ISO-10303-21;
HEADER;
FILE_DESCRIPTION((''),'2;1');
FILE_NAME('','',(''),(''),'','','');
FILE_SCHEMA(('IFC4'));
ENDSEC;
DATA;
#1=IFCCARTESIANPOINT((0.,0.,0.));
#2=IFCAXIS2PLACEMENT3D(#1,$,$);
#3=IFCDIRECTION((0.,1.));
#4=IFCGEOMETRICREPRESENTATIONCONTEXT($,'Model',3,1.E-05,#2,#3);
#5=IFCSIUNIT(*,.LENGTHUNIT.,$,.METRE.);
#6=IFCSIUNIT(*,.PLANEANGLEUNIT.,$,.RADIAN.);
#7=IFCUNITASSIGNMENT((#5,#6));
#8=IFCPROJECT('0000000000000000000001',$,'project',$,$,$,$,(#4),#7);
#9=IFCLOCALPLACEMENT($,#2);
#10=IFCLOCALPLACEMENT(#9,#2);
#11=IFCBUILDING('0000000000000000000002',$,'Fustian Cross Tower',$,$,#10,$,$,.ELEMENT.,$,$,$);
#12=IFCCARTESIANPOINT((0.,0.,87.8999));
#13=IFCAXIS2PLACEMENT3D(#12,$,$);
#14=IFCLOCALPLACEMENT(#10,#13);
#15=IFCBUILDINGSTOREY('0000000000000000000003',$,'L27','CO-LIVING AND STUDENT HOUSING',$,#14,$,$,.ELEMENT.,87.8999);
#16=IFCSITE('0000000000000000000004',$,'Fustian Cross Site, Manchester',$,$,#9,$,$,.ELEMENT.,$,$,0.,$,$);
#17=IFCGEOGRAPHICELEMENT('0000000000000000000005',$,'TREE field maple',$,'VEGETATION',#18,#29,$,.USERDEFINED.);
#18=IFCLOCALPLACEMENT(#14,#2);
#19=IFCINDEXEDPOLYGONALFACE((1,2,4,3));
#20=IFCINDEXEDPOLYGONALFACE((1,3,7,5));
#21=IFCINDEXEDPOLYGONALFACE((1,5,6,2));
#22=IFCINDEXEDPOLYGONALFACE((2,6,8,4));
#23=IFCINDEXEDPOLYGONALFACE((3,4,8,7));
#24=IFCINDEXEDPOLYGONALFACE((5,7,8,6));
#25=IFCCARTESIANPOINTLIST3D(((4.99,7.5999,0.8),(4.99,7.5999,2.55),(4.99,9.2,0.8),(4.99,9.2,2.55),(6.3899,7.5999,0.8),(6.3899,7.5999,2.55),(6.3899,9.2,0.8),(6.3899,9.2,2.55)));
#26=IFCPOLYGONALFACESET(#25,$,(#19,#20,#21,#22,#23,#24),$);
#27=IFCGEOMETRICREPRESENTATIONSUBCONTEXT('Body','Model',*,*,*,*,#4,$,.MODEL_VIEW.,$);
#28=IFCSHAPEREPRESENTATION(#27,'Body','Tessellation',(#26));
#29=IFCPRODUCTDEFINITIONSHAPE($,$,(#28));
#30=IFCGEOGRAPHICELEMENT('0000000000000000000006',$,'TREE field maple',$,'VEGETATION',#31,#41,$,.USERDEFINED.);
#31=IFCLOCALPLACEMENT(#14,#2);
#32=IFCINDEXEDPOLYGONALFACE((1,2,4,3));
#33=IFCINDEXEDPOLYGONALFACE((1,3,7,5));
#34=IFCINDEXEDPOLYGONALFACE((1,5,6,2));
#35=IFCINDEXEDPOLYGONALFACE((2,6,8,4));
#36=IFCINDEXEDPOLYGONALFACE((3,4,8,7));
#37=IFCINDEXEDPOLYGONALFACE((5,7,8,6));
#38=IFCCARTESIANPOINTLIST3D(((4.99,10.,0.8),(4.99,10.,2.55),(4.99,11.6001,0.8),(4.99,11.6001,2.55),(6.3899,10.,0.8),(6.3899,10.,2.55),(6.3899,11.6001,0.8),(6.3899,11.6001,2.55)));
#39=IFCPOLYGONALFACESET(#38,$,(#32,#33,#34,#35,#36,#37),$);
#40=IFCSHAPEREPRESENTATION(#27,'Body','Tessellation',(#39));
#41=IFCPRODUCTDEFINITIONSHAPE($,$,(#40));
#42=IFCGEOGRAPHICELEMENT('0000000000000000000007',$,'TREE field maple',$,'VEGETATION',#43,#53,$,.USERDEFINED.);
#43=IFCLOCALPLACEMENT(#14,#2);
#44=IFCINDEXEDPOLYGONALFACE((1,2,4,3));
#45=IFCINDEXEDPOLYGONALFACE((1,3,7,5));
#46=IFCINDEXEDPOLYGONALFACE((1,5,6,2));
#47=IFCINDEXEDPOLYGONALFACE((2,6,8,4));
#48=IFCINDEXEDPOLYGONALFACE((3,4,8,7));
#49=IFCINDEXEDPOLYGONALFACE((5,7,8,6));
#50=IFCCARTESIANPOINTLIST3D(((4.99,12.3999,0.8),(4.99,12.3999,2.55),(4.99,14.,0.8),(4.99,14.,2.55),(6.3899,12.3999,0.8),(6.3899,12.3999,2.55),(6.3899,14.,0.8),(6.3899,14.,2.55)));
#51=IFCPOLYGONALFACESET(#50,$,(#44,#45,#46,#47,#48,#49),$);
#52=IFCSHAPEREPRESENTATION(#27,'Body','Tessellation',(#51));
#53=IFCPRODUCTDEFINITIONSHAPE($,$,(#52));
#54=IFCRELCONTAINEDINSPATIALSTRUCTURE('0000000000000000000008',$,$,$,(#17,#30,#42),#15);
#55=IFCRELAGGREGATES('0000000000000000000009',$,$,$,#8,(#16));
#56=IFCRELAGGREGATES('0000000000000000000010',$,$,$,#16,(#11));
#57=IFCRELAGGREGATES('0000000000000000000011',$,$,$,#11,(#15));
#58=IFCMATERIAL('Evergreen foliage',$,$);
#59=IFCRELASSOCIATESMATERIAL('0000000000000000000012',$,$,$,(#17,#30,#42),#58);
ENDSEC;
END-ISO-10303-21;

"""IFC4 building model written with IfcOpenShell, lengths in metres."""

from ifc_helpers import new_model, si_unit, direction, frame, origin, origin_2d, place, context, subcontext, project, spatial, rectangle, extrude, material, element, save


model = new_model("IFC4")

# Units and contexts
model_context = context("Model", 3, precision=1e-05, world=origin(), true_north=direction((0.0, 1.0)))
body_context = subcontext(model_context, "Body", "Model", "MODEL_VIEW")
ifc_project = project(units=[si_unit("LENGTHUNIT", "METRE"), si_unit("PLANEANGLEUNIT", "RADIAN")], contexts=[model_context])

# Site, building, storey
site_placement = place(None, origin())
site = spatial("IfcSite", under=ifc_project, at=site_placement, Name="Fustian Cross Site, Manchester", CompositionType="ELEMENT", RefElevation=0.0)
building_placement = place(site_placement, origin())
building = spatial("IfcBuilding", under=site, at=building_placement, Name="Fustian Cross Tower", CompositionType="ELEMENT")
storey_placement = place(building_placement, frame((0.0, 0.0, 87.8999)))
storey = spatial("IfcBuildingStorey", under=building, at=storey_placement, Name="L27", Description="CO-LIVING AND STUDENT HOUSING", CompositionType="ELEMENT", Elevation=87.8999)

# Geographic elements
ifc_material_1 = material(Name="Evergreen foliage")
for number, where, z_axis, x_axis, name in (
    (1, (5.6899, 8.3999, 0.8), (0.0, 0.0, 1.0), (1.0, 0.0, 0.0), "TREE field maple"),
    (2, (5.6899, 10.8, 0.8), (0.0, 0.0, 1.0), (1.0, 0.0, 0.0), "TREE field maple"),
    (3, (5.6899, 13.2, 0.8), (0.0, 0.0, 1.0), (1.0, 0.0, 0.0), "TREE field maple"),
):
    element("IfcGeographicElement", number, at=place(storey_placement, frame(where, z_axis=z_axis, x_axis=x_axis)), inside=storey, material=ifc_material_1, Name=name, ObjectType="VEGETATION", PredefinedType="USERDEFINED", context=body_context, shape_type="SweptSolid", body=[
        extrude(rectangle(XDim=1.3999, YDim=1.6001, at=origin_2d()), origin(), (0.0, 0.0, 1.0), 1.75),
    ])

save(model, "model.ifc")
